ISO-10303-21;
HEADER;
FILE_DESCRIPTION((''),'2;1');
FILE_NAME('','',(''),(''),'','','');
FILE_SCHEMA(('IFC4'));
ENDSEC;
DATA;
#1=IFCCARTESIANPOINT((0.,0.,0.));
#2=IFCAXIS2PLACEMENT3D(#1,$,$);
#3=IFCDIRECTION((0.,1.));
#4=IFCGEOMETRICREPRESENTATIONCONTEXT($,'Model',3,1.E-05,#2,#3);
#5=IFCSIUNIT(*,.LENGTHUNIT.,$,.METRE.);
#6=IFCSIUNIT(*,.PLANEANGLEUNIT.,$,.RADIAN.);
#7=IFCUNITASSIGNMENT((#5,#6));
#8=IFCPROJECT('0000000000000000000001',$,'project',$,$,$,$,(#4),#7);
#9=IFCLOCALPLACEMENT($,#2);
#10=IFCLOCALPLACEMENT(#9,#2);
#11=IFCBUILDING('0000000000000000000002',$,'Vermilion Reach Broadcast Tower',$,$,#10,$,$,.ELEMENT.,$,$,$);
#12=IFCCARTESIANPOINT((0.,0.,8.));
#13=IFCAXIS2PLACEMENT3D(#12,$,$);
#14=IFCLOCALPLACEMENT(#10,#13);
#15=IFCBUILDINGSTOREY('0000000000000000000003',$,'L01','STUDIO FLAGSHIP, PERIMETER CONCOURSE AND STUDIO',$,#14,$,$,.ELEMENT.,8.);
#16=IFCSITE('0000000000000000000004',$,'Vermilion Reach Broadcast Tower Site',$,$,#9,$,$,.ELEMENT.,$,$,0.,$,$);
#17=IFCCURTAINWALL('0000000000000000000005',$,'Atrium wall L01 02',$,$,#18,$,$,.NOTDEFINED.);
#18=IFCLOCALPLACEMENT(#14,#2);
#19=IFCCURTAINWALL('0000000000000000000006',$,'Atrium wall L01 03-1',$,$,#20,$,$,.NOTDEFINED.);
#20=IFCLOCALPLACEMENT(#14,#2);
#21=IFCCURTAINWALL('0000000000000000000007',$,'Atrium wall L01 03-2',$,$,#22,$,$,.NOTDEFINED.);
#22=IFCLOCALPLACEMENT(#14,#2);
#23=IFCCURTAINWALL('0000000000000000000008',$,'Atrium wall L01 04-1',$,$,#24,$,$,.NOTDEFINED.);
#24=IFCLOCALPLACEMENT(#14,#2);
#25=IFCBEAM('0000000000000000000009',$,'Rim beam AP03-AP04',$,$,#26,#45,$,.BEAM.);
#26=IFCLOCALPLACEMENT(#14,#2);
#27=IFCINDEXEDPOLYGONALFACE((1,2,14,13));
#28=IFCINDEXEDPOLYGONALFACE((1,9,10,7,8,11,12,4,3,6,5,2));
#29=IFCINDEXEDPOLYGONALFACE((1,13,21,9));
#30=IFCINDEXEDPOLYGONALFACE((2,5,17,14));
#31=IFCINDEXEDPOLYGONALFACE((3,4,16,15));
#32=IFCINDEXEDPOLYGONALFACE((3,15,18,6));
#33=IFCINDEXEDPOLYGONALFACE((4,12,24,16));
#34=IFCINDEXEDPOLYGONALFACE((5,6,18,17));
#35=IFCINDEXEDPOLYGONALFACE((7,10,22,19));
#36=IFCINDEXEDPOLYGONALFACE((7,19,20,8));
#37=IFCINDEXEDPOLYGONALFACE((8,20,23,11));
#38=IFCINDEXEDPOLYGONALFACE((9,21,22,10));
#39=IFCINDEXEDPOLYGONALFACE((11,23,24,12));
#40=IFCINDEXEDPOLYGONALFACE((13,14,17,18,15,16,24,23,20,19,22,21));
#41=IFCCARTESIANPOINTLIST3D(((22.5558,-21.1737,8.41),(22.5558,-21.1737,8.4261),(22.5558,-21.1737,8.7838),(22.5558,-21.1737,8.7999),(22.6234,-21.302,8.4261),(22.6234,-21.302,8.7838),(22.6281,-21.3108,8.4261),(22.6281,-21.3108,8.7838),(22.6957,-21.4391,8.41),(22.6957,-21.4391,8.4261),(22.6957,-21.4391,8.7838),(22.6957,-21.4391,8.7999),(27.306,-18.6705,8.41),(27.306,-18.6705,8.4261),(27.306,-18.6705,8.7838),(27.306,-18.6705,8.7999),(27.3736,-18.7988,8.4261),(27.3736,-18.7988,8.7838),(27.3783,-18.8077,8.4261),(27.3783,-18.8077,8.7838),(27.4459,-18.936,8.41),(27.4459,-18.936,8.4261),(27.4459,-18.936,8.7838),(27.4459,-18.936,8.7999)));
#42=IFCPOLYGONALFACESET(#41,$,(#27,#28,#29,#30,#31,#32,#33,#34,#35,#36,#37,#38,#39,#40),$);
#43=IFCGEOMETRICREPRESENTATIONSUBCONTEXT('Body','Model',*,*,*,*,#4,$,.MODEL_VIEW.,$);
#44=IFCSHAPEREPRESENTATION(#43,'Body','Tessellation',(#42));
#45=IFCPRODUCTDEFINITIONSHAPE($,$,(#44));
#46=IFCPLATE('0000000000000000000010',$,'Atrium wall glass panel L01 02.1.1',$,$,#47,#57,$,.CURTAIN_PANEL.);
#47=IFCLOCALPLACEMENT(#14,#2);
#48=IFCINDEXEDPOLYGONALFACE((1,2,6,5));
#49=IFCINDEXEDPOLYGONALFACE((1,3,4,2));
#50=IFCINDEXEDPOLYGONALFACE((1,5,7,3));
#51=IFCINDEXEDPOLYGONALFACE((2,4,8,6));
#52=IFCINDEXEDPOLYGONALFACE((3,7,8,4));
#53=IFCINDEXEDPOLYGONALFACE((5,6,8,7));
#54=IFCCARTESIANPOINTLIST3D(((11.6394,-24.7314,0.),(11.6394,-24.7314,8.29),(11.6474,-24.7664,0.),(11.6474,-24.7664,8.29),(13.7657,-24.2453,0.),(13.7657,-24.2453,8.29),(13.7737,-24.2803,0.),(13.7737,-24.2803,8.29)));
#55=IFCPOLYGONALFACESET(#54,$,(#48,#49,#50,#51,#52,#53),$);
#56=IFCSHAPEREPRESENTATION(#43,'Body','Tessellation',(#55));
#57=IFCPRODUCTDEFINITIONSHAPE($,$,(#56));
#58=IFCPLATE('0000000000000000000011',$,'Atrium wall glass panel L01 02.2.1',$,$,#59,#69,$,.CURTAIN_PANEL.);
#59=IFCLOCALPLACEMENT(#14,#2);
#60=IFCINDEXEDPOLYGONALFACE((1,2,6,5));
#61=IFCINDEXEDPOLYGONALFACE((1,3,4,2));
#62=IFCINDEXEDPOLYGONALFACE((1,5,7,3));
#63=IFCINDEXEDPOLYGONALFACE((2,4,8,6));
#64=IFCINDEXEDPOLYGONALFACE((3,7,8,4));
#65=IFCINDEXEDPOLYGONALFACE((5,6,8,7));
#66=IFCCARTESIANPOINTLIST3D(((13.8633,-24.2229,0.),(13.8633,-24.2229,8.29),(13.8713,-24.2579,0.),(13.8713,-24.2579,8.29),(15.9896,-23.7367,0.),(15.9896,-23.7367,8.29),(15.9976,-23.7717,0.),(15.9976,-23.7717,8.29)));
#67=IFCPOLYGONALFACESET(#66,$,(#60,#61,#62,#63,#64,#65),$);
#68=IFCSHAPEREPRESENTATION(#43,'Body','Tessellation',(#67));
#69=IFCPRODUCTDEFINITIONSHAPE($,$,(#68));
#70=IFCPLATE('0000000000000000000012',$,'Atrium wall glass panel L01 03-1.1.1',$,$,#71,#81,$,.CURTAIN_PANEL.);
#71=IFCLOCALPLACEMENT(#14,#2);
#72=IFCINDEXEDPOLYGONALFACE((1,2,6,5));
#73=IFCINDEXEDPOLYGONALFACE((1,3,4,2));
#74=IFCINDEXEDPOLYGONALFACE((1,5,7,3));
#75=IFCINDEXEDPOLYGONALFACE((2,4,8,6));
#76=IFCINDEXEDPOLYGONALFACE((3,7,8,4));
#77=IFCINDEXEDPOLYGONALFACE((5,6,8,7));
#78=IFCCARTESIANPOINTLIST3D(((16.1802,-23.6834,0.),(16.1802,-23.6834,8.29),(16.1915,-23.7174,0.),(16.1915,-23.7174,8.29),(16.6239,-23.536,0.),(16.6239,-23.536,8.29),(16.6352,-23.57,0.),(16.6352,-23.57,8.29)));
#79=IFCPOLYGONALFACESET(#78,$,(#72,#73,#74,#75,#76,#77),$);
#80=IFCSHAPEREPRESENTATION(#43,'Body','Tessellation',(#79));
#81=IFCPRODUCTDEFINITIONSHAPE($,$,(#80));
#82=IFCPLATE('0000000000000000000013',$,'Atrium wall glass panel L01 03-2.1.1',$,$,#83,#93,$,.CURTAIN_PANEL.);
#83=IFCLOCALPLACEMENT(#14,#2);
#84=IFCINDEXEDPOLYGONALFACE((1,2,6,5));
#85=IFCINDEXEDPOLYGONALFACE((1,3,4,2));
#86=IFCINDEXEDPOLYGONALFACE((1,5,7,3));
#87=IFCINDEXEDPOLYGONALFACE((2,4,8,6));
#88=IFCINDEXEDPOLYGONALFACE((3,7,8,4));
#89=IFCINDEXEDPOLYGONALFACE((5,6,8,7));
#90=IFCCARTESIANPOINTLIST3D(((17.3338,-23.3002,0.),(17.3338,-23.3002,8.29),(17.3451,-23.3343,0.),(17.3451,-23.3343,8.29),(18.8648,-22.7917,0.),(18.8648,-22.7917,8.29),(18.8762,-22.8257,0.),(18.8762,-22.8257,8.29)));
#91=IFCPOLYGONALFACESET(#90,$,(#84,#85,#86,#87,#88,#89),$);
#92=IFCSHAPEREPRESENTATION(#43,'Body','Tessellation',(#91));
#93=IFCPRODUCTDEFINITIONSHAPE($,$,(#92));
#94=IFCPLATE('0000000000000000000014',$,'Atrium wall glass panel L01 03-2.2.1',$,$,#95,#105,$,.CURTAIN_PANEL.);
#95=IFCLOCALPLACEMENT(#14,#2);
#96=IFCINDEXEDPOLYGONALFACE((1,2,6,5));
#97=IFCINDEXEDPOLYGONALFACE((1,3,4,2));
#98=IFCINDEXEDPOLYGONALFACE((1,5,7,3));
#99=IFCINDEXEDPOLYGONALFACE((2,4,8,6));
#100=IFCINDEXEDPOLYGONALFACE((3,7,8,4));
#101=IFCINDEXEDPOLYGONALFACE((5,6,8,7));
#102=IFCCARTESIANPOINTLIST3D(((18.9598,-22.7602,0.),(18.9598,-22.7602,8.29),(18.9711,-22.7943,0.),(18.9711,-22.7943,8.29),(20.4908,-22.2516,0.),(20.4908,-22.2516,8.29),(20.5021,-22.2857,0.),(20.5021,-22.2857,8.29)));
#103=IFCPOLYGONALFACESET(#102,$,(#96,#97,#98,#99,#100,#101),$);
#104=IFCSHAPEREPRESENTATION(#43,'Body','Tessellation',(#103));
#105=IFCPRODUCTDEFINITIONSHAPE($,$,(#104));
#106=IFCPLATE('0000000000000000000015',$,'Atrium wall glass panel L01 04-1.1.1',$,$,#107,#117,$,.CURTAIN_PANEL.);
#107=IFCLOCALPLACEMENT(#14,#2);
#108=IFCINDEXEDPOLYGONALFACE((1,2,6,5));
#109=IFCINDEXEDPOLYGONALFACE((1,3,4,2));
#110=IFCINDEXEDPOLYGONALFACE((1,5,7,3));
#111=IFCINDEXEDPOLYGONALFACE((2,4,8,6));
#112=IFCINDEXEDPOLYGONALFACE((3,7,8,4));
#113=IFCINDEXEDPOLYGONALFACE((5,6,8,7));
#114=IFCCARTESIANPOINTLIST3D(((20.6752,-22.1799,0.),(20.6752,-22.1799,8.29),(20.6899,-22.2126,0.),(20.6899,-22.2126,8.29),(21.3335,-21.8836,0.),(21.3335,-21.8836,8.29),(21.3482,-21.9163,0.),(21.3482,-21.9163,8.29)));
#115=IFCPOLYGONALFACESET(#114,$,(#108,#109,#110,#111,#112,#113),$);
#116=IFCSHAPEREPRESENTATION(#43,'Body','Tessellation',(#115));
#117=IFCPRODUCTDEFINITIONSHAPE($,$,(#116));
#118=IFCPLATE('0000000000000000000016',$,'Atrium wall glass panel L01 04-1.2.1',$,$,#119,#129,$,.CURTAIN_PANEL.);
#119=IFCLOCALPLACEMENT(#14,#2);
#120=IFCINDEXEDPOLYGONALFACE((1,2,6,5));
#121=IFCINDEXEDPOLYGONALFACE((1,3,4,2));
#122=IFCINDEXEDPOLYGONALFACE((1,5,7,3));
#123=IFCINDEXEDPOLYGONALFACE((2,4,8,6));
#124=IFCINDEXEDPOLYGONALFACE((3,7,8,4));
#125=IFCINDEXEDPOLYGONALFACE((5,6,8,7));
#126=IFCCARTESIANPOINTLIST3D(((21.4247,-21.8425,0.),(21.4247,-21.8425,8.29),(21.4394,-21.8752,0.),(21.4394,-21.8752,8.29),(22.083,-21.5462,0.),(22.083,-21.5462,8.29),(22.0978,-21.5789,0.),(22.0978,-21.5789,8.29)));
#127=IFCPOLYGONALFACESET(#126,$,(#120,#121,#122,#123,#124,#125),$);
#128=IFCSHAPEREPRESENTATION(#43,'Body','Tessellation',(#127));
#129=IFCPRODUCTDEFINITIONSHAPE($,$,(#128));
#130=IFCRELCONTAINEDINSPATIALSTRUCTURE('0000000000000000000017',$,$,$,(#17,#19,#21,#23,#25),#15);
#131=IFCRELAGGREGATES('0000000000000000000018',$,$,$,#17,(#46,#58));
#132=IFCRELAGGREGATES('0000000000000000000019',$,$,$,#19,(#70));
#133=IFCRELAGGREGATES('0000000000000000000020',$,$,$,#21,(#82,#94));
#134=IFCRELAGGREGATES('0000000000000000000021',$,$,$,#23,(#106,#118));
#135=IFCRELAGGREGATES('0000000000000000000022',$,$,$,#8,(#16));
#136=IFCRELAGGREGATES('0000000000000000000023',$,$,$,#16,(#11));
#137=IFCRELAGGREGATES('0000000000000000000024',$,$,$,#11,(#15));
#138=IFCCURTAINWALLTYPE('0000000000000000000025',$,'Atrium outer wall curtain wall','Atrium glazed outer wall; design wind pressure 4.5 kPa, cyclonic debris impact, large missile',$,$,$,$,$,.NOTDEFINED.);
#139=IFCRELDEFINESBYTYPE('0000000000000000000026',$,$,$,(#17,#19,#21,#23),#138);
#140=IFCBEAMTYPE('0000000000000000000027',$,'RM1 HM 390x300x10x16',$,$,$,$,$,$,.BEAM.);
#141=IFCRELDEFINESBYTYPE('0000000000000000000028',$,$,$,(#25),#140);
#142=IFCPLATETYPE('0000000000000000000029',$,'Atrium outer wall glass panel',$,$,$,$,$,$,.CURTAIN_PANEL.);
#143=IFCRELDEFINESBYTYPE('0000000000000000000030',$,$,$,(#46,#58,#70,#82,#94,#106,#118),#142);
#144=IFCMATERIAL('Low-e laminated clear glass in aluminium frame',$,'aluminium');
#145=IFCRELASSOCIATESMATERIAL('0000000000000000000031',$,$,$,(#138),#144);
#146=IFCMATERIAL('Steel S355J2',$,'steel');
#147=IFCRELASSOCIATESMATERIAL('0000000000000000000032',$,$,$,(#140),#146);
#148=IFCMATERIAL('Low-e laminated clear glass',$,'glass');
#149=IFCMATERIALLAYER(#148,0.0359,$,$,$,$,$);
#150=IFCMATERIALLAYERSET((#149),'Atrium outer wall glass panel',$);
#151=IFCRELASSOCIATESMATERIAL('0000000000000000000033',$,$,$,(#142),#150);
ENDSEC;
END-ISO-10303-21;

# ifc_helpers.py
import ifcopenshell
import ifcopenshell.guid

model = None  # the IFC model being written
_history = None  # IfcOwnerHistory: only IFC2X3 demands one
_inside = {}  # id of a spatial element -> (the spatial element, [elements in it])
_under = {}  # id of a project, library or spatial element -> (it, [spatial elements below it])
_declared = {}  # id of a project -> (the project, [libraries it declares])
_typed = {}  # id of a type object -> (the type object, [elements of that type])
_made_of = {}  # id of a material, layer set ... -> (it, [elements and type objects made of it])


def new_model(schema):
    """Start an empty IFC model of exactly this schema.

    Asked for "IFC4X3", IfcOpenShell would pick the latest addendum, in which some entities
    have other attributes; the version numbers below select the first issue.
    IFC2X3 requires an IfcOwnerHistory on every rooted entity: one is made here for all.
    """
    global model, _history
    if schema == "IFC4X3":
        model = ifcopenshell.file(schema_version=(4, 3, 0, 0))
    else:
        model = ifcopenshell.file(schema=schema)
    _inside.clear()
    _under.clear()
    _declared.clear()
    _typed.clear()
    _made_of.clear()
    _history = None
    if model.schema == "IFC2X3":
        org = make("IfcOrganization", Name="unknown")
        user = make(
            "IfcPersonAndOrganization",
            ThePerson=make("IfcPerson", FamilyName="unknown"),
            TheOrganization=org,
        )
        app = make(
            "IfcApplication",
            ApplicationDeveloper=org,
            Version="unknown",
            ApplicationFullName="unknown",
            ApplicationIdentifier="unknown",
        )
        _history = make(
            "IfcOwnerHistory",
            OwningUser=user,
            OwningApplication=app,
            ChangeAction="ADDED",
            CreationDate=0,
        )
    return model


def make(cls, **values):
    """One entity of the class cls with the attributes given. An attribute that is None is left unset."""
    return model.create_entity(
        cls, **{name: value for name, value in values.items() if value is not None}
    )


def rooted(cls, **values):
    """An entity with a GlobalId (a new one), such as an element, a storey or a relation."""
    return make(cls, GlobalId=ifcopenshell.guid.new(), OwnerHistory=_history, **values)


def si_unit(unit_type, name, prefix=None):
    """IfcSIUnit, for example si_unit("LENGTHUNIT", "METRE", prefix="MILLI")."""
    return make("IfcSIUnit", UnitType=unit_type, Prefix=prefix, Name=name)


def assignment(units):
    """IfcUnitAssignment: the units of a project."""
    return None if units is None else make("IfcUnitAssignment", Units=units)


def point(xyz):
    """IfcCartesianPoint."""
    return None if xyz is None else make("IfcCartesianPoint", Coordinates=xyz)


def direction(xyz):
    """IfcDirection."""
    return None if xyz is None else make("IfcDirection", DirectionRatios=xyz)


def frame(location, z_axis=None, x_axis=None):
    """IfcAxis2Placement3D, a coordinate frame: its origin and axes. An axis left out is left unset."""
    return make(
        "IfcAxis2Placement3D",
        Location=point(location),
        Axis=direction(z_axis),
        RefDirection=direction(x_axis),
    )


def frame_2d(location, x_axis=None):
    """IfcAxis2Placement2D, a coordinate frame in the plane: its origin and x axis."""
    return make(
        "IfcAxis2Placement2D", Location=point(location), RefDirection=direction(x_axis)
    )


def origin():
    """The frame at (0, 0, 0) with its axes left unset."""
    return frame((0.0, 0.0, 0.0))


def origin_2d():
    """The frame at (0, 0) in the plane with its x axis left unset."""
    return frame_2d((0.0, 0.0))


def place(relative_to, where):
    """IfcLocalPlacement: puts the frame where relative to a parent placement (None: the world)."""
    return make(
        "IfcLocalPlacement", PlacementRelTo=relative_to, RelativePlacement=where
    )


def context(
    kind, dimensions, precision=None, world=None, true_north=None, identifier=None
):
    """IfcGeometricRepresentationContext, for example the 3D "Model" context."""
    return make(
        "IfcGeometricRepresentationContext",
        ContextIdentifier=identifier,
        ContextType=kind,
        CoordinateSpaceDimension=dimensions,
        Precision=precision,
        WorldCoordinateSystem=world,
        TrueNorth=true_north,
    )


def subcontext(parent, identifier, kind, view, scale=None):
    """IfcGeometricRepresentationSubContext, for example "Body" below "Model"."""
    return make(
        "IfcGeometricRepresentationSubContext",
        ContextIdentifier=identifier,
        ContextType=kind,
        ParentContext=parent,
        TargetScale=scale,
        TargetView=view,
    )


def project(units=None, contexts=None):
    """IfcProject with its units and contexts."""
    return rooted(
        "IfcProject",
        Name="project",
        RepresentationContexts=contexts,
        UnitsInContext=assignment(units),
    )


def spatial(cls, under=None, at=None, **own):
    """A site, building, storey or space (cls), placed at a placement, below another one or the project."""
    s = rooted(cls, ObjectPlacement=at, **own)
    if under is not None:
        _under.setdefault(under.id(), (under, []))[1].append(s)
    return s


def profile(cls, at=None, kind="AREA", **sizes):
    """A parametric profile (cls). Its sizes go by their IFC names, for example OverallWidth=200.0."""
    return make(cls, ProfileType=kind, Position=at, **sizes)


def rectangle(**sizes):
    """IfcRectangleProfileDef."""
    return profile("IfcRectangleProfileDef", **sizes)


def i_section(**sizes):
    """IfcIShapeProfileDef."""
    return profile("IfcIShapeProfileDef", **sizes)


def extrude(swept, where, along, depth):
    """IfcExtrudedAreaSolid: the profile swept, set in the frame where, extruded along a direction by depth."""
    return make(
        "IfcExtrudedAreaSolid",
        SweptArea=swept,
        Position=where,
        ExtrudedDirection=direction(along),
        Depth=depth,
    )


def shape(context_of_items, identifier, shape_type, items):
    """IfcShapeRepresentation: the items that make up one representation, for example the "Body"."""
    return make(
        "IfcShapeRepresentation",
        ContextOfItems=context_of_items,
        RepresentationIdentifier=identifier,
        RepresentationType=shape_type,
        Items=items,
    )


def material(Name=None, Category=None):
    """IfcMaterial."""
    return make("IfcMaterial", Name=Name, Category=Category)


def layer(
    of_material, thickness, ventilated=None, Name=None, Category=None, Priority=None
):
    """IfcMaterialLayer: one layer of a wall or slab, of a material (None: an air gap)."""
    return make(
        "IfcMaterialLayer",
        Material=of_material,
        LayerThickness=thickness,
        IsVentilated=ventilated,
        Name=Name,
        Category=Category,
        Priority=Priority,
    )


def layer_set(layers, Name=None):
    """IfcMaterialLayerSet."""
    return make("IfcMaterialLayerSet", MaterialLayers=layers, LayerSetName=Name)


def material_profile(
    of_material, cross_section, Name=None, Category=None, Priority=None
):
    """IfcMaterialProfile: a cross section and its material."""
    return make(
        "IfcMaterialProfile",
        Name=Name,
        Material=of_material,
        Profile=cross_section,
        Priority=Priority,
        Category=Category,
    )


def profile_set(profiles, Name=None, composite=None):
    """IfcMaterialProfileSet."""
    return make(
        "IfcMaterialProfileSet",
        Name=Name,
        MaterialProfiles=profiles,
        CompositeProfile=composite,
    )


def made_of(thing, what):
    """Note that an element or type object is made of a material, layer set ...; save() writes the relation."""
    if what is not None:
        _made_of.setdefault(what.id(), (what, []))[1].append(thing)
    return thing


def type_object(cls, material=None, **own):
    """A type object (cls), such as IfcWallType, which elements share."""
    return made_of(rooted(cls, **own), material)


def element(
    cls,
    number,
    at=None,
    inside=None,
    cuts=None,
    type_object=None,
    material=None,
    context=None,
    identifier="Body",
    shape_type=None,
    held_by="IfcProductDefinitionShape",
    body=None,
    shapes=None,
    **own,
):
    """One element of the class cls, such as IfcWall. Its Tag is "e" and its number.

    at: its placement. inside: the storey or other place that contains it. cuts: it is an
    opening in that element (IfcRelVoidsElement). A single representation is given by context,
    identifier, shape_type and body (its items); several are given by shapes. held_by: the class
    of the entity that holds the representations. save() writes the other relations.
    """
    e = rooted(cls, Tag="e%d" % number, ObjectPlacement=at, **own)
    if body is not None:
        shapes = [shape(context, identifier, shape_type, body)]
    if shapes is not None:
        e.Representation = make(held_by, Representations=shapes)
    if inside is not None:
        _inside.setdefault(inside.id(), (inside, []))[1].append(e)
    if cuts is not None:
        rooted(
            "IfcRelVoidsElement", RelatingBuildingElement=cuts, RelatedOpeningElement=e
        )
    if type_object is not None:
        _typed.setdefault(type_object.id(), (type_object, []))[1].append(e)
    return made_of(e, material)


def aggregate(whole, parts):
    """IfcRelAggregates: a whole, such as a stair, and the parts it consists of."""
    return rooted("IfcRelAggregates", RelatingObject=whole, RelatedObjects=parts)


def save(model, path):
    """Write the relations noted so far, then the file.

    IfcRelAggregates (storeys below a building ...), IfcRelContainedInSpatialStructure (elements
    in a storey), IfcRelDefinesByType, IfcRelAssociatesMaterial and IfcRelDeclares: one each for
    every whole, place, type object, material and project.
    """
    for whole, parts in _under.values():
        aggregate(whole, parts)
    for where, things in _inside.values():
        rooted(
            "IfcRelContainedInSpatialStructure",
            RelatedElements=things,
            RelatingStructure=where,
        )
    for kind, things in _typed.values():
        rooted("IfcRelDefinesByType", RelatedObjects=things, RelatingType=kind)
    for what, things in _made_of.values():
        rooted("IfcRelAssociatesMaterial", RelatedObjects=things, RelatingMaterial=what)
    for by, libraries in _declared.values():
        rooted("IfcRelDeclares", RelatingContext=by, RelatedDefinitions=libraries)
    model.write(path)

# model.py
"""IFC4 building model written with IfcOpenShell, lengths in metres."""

from ifc_helpers import new_model, si_unit, direction, frame, origin, origin_2d, place, context, subcontext, project, spatial, rectangle, i_section, extrude, material, layer, layer_set, material_profile, profile_set, type_object, element, aggregate, save


model = new_model("IFC4")

# Units and contexts
model_context = context("Model", 3, precision=1e-05, world=origin(), true_north=direction((0.0, 1.0)))
body_context = subcontext(model_context, "Body", "Model", "MODEL_VIEW")
ifc_project = project(units=[si_unit("LENGTHUNIT", "METRE"), si_unit("PLANEANGLEUNIT", "RADIAN")], contexts=[model_context])

# Site, building, storey
site_placement = place(None, origin())
site = spatial("IfcSite", under=ifc_project, at=site_placement, Name="Vermilion Reach Broadcast Tower Site", CompositionType="ELEMENT", RefElevation=0.0)
building_placement = place(site_placement, origin())
building = spatial("IfcBuilding", under=site, at=building_placement, Name="Vermilion Reach Broadcast Tower", CompositionType="ELEMENT")
storey_placement = place(building_placement, frame((0.0, 0.0, 8.0)))
storey = spatial("IfcBuildingStorey", under=building, at=storey_placement, Name="L01", Description="STUDIO FLAGSHIP, PERIMETER CONCOURSE AND STUDIO", CompositionType="ELEMENT", Elevation=8.0)

# Shared definitions
ifc_material_1 = material(Name="Low-e laminated clear glass in aluminium frame", Category="aluminium")
curtain_wall_type = type_object("IfcCurtainWallType", Name="Atrium outer wall curtain wall", Description="Atrium glazed outer wall; design wind pressure 4.5 kPa, cyclonic debris impact, large missile", PredefinedType="NOTDEFINED", material=ifc_material_1)
placement = place(storey_placement, origin())

# Curtain walls
curtain_wall_1 = element("IfcCurtainWall", 1, at=placement, inside=storey, type_object=curtain_wall_type, Name="Atrium wall L01 02", PredefinedType="NOTDEFINED")
curtain_wall_2 = element("IfcCurtainWall", 2, at=placement, inside=storey, type_object=curtain_wall_type, Name="Atrium wall L01 03-1", PredefinedType="NOTDEFINED")
curtain_wall_3 = element("IfcCurtainWall", 3, at=placement, inside=storey, type_object=curtain_wall_type, Name="Atrium wall L01 03-2", PredefinedType="NOTDEFINED")
curtain_wall_4 = element("IfcCurtainWall", 4, at=placement, inside=storey, type_object=curtain_wall_type, Name="Atrium wall L01 04-1", PredefinedType="NOTDEFINED")

# Beam
ifc_material_2 = material(Name="Steel S355J2", Category="steel")
ifc_material_profile_1 = material_profile(ifc_material_2, i_section(OverallWidth=0.3, OverallDepth=0.3899, WebThickness=0.01, FlangeThickness=0.0161, at=origin_2d()), Name="S355J2 HM 390x300x10x16")
ifc_profile_set_1 = profile_set([ifc_material_profile_1], Name="Steel S355J2")
beam_type = type_object("IfcBeamType", Name="RM1 HM 390x300x10x16", PredefinedType="BEAM", material=ifc_profile_set_1)
beam_1_placement = place(storey_placement, frame((22.6257, -21.3064, 8.605), z_axis=(0.884684, 0.466191, 0.0), x_axis=(-0.466191, 0.884684, 0.0)))
element("IfcBeam", 5, at=beam_1_placement, inside=storey, type_object=beam_type, Name="Rim beam AP03-AP04", PredefinedType="BEAM", context=body_context, shape_type="SweptSolid", body=[
    extrude(i_section(OverallWidth=0.3, OverallDepth=0.3899, WebThickness=0.01, FlangeThickness=0.0161, at=origin_2d()), origin(), (0.0, 0.0, 1.0), 5.3694),
])

# Plates
ifc_material_3 = material(Name="Low-e laminated clear glass", Category="glass")
ifc_layer = layer(ifc_material_3, 0.0359)
ifc_layer_set = layer_set([ifc_layer], Name="Atrium outer wall glass panel")
plate_type = type_object("IfcPlateType", Name="Atrium outer wall glass panel", PredefinedType="CURTAIN_PANEL", material=ifc_layer_set)
plate_1_placement = place(storey_placement, frame((12.7065, -24.5059, 0.0), z_axis=(0.0, 0.0, 1.0), x_axis=(0.974843, 0.222892, 0.0)))
plate_1 = element("IfcPlate", 6, at=plate_1_placement, type_object=plate_type, Name="Atrium wall glass panel L01 02.1.1", PredefinedType="CURTAIN_PANEL", context=body_context, shape_type="SweptSolid", body=[
    extrude(rectangle(XDim=2.1812, YDim=0.0359, at=origin_2d()), origin(), (0.0, 0.0, 1.0), 8.29),
])
plate_2_placement = place(storey_placement, frame((14.9304, -23.9973, 0.0), z_axis=(0.0, 0.0, 1.0), x_axis=(0.974843, 0.222892, 0.0)))
plate_2 = element("IfcPlate", 7, at=plate_2_placement, type_object=plate_type, Name="Atrium wall glass panel L01 02.2.1", PredefinedType="CURTAIN_PANEL", context=body_context, shape_type="SweptSolid", body=[
    extrude(rectangle(XDim=2.1812, YDim=0.0359, at=origin_2d()), origin(), (0.0, 0.0, 1.0), 8.29),
])
aggregate(curtain_wall_1, [plate_1, plate_2])
plate_3_placement = place(storey_placement, frame((16.4077, -23.6267, 0.0), z_axis=(0.0, 0.0, 1.0), x_axis=(0.949016, 0.315228, 0.0)))
plate_3 = element("IfcPlate", 8, at=plate_3_placement, type_object=plate_type, Name="Atrium wall glass panel L01 03-1.1.1", PredefinedType="CURTAIN_PANEL", context=body_context, shape_type="SweptSolid", body=[
    extrude(rectangle(XDim=0.4675, YDim=0.0359, at=origin_2d()), origin(), (0.0, 0.0, 1.0), 8.29),
])
aggregate(curtain_wall_2, [plate_3])
plate_4_placement = place(storey_placement, frame((18.105, -23.063, 0.0), z_axis=(0.0, 0.0, 1.0), x_axis=(0.949016, 0.315228, 0.0)))
plate_4 = element("IfcPlate", 9, at=plate_4_placement, type_object=plate_type, Name="Atrium wall glass panel L01 03-2.1.1", PredefinedType="CURTAIN_PANEL", context=body_context, shape_type="SweptSolid", body=[
    extrude(rectangle(XDim=1.6133, YDim=0.0359, at=origin_2d()), origin(), (0.0, 0.0, 1.0), 8.29),
])
plate_5_placement = place(storey_placement, frame((19.731, -22.5229, 0.0), z_axis=(0.0, 0.0, 1.0), x_axis=(0.949016, 0.315228, 0.0)))
plate_5 = element("IfcPlate", 10, at=plate_5_placement, type_object=plate_type, Name="Atrium wall glass panel L01 03-2.2.1", PredefinedType="CURTAIN_PANEL", context=body_context, shape_type="SweptSolid", body=[
    extrude(rectangle(XDim=1.6133, YDim=0.0359, at=origin_2d()), origin(), (0.0, 0.0, 1.0), 8.29),
])
aggregate(curtain_wall_3, [plate_4, plate_5])
plate_6_placement = place(storey_placement, frame((21.0117, -22.0481, 0.0), z_axis=(0.0, 0.0, 1.0), x_axis=(0.911902, 0.410408, 0.0)))
plate_6 = element("IfcPlate", 11, at=plate_6_placement, type_object=plate_type, Name="Atrium wall glass panel L01 04-1.1.1", PredefinedType="CURTAIN_PANEL", context=body_context, shape_type="SweptSolid", body=[
    extrude(rectangle(XDim=0.7219, YDim=0.0359, at=origin_2d()), origin(), (0.0, 0.0, 1.0), 8.29),
])
plate_7_placement = place(storey_placement, frame((21.7612, -21.7107, 0.0), z_axis=(0.0, 0.0, 1.0), x_axis=(0.911902, 0.410408, 0.0)))
plate_7 = element("IfcPlate", 12, at=plate_7_placement, type_object=plate_type, Name="Atrium wall glass panel L01 04-1.2.1", PredefinedType="CURTAIN_PANEL", context=body_context, shape_type="SweptSolid", body=[
    extrude(rectangle(XDim=0.7219, YDim=0.0359, at=origin_2d()), origin(), (0.0, 0.0, 1.0), 8.29),
])
aggregate(curtain_wall_4, [plate_6, plate_7])

save(model, "model.ifc")
